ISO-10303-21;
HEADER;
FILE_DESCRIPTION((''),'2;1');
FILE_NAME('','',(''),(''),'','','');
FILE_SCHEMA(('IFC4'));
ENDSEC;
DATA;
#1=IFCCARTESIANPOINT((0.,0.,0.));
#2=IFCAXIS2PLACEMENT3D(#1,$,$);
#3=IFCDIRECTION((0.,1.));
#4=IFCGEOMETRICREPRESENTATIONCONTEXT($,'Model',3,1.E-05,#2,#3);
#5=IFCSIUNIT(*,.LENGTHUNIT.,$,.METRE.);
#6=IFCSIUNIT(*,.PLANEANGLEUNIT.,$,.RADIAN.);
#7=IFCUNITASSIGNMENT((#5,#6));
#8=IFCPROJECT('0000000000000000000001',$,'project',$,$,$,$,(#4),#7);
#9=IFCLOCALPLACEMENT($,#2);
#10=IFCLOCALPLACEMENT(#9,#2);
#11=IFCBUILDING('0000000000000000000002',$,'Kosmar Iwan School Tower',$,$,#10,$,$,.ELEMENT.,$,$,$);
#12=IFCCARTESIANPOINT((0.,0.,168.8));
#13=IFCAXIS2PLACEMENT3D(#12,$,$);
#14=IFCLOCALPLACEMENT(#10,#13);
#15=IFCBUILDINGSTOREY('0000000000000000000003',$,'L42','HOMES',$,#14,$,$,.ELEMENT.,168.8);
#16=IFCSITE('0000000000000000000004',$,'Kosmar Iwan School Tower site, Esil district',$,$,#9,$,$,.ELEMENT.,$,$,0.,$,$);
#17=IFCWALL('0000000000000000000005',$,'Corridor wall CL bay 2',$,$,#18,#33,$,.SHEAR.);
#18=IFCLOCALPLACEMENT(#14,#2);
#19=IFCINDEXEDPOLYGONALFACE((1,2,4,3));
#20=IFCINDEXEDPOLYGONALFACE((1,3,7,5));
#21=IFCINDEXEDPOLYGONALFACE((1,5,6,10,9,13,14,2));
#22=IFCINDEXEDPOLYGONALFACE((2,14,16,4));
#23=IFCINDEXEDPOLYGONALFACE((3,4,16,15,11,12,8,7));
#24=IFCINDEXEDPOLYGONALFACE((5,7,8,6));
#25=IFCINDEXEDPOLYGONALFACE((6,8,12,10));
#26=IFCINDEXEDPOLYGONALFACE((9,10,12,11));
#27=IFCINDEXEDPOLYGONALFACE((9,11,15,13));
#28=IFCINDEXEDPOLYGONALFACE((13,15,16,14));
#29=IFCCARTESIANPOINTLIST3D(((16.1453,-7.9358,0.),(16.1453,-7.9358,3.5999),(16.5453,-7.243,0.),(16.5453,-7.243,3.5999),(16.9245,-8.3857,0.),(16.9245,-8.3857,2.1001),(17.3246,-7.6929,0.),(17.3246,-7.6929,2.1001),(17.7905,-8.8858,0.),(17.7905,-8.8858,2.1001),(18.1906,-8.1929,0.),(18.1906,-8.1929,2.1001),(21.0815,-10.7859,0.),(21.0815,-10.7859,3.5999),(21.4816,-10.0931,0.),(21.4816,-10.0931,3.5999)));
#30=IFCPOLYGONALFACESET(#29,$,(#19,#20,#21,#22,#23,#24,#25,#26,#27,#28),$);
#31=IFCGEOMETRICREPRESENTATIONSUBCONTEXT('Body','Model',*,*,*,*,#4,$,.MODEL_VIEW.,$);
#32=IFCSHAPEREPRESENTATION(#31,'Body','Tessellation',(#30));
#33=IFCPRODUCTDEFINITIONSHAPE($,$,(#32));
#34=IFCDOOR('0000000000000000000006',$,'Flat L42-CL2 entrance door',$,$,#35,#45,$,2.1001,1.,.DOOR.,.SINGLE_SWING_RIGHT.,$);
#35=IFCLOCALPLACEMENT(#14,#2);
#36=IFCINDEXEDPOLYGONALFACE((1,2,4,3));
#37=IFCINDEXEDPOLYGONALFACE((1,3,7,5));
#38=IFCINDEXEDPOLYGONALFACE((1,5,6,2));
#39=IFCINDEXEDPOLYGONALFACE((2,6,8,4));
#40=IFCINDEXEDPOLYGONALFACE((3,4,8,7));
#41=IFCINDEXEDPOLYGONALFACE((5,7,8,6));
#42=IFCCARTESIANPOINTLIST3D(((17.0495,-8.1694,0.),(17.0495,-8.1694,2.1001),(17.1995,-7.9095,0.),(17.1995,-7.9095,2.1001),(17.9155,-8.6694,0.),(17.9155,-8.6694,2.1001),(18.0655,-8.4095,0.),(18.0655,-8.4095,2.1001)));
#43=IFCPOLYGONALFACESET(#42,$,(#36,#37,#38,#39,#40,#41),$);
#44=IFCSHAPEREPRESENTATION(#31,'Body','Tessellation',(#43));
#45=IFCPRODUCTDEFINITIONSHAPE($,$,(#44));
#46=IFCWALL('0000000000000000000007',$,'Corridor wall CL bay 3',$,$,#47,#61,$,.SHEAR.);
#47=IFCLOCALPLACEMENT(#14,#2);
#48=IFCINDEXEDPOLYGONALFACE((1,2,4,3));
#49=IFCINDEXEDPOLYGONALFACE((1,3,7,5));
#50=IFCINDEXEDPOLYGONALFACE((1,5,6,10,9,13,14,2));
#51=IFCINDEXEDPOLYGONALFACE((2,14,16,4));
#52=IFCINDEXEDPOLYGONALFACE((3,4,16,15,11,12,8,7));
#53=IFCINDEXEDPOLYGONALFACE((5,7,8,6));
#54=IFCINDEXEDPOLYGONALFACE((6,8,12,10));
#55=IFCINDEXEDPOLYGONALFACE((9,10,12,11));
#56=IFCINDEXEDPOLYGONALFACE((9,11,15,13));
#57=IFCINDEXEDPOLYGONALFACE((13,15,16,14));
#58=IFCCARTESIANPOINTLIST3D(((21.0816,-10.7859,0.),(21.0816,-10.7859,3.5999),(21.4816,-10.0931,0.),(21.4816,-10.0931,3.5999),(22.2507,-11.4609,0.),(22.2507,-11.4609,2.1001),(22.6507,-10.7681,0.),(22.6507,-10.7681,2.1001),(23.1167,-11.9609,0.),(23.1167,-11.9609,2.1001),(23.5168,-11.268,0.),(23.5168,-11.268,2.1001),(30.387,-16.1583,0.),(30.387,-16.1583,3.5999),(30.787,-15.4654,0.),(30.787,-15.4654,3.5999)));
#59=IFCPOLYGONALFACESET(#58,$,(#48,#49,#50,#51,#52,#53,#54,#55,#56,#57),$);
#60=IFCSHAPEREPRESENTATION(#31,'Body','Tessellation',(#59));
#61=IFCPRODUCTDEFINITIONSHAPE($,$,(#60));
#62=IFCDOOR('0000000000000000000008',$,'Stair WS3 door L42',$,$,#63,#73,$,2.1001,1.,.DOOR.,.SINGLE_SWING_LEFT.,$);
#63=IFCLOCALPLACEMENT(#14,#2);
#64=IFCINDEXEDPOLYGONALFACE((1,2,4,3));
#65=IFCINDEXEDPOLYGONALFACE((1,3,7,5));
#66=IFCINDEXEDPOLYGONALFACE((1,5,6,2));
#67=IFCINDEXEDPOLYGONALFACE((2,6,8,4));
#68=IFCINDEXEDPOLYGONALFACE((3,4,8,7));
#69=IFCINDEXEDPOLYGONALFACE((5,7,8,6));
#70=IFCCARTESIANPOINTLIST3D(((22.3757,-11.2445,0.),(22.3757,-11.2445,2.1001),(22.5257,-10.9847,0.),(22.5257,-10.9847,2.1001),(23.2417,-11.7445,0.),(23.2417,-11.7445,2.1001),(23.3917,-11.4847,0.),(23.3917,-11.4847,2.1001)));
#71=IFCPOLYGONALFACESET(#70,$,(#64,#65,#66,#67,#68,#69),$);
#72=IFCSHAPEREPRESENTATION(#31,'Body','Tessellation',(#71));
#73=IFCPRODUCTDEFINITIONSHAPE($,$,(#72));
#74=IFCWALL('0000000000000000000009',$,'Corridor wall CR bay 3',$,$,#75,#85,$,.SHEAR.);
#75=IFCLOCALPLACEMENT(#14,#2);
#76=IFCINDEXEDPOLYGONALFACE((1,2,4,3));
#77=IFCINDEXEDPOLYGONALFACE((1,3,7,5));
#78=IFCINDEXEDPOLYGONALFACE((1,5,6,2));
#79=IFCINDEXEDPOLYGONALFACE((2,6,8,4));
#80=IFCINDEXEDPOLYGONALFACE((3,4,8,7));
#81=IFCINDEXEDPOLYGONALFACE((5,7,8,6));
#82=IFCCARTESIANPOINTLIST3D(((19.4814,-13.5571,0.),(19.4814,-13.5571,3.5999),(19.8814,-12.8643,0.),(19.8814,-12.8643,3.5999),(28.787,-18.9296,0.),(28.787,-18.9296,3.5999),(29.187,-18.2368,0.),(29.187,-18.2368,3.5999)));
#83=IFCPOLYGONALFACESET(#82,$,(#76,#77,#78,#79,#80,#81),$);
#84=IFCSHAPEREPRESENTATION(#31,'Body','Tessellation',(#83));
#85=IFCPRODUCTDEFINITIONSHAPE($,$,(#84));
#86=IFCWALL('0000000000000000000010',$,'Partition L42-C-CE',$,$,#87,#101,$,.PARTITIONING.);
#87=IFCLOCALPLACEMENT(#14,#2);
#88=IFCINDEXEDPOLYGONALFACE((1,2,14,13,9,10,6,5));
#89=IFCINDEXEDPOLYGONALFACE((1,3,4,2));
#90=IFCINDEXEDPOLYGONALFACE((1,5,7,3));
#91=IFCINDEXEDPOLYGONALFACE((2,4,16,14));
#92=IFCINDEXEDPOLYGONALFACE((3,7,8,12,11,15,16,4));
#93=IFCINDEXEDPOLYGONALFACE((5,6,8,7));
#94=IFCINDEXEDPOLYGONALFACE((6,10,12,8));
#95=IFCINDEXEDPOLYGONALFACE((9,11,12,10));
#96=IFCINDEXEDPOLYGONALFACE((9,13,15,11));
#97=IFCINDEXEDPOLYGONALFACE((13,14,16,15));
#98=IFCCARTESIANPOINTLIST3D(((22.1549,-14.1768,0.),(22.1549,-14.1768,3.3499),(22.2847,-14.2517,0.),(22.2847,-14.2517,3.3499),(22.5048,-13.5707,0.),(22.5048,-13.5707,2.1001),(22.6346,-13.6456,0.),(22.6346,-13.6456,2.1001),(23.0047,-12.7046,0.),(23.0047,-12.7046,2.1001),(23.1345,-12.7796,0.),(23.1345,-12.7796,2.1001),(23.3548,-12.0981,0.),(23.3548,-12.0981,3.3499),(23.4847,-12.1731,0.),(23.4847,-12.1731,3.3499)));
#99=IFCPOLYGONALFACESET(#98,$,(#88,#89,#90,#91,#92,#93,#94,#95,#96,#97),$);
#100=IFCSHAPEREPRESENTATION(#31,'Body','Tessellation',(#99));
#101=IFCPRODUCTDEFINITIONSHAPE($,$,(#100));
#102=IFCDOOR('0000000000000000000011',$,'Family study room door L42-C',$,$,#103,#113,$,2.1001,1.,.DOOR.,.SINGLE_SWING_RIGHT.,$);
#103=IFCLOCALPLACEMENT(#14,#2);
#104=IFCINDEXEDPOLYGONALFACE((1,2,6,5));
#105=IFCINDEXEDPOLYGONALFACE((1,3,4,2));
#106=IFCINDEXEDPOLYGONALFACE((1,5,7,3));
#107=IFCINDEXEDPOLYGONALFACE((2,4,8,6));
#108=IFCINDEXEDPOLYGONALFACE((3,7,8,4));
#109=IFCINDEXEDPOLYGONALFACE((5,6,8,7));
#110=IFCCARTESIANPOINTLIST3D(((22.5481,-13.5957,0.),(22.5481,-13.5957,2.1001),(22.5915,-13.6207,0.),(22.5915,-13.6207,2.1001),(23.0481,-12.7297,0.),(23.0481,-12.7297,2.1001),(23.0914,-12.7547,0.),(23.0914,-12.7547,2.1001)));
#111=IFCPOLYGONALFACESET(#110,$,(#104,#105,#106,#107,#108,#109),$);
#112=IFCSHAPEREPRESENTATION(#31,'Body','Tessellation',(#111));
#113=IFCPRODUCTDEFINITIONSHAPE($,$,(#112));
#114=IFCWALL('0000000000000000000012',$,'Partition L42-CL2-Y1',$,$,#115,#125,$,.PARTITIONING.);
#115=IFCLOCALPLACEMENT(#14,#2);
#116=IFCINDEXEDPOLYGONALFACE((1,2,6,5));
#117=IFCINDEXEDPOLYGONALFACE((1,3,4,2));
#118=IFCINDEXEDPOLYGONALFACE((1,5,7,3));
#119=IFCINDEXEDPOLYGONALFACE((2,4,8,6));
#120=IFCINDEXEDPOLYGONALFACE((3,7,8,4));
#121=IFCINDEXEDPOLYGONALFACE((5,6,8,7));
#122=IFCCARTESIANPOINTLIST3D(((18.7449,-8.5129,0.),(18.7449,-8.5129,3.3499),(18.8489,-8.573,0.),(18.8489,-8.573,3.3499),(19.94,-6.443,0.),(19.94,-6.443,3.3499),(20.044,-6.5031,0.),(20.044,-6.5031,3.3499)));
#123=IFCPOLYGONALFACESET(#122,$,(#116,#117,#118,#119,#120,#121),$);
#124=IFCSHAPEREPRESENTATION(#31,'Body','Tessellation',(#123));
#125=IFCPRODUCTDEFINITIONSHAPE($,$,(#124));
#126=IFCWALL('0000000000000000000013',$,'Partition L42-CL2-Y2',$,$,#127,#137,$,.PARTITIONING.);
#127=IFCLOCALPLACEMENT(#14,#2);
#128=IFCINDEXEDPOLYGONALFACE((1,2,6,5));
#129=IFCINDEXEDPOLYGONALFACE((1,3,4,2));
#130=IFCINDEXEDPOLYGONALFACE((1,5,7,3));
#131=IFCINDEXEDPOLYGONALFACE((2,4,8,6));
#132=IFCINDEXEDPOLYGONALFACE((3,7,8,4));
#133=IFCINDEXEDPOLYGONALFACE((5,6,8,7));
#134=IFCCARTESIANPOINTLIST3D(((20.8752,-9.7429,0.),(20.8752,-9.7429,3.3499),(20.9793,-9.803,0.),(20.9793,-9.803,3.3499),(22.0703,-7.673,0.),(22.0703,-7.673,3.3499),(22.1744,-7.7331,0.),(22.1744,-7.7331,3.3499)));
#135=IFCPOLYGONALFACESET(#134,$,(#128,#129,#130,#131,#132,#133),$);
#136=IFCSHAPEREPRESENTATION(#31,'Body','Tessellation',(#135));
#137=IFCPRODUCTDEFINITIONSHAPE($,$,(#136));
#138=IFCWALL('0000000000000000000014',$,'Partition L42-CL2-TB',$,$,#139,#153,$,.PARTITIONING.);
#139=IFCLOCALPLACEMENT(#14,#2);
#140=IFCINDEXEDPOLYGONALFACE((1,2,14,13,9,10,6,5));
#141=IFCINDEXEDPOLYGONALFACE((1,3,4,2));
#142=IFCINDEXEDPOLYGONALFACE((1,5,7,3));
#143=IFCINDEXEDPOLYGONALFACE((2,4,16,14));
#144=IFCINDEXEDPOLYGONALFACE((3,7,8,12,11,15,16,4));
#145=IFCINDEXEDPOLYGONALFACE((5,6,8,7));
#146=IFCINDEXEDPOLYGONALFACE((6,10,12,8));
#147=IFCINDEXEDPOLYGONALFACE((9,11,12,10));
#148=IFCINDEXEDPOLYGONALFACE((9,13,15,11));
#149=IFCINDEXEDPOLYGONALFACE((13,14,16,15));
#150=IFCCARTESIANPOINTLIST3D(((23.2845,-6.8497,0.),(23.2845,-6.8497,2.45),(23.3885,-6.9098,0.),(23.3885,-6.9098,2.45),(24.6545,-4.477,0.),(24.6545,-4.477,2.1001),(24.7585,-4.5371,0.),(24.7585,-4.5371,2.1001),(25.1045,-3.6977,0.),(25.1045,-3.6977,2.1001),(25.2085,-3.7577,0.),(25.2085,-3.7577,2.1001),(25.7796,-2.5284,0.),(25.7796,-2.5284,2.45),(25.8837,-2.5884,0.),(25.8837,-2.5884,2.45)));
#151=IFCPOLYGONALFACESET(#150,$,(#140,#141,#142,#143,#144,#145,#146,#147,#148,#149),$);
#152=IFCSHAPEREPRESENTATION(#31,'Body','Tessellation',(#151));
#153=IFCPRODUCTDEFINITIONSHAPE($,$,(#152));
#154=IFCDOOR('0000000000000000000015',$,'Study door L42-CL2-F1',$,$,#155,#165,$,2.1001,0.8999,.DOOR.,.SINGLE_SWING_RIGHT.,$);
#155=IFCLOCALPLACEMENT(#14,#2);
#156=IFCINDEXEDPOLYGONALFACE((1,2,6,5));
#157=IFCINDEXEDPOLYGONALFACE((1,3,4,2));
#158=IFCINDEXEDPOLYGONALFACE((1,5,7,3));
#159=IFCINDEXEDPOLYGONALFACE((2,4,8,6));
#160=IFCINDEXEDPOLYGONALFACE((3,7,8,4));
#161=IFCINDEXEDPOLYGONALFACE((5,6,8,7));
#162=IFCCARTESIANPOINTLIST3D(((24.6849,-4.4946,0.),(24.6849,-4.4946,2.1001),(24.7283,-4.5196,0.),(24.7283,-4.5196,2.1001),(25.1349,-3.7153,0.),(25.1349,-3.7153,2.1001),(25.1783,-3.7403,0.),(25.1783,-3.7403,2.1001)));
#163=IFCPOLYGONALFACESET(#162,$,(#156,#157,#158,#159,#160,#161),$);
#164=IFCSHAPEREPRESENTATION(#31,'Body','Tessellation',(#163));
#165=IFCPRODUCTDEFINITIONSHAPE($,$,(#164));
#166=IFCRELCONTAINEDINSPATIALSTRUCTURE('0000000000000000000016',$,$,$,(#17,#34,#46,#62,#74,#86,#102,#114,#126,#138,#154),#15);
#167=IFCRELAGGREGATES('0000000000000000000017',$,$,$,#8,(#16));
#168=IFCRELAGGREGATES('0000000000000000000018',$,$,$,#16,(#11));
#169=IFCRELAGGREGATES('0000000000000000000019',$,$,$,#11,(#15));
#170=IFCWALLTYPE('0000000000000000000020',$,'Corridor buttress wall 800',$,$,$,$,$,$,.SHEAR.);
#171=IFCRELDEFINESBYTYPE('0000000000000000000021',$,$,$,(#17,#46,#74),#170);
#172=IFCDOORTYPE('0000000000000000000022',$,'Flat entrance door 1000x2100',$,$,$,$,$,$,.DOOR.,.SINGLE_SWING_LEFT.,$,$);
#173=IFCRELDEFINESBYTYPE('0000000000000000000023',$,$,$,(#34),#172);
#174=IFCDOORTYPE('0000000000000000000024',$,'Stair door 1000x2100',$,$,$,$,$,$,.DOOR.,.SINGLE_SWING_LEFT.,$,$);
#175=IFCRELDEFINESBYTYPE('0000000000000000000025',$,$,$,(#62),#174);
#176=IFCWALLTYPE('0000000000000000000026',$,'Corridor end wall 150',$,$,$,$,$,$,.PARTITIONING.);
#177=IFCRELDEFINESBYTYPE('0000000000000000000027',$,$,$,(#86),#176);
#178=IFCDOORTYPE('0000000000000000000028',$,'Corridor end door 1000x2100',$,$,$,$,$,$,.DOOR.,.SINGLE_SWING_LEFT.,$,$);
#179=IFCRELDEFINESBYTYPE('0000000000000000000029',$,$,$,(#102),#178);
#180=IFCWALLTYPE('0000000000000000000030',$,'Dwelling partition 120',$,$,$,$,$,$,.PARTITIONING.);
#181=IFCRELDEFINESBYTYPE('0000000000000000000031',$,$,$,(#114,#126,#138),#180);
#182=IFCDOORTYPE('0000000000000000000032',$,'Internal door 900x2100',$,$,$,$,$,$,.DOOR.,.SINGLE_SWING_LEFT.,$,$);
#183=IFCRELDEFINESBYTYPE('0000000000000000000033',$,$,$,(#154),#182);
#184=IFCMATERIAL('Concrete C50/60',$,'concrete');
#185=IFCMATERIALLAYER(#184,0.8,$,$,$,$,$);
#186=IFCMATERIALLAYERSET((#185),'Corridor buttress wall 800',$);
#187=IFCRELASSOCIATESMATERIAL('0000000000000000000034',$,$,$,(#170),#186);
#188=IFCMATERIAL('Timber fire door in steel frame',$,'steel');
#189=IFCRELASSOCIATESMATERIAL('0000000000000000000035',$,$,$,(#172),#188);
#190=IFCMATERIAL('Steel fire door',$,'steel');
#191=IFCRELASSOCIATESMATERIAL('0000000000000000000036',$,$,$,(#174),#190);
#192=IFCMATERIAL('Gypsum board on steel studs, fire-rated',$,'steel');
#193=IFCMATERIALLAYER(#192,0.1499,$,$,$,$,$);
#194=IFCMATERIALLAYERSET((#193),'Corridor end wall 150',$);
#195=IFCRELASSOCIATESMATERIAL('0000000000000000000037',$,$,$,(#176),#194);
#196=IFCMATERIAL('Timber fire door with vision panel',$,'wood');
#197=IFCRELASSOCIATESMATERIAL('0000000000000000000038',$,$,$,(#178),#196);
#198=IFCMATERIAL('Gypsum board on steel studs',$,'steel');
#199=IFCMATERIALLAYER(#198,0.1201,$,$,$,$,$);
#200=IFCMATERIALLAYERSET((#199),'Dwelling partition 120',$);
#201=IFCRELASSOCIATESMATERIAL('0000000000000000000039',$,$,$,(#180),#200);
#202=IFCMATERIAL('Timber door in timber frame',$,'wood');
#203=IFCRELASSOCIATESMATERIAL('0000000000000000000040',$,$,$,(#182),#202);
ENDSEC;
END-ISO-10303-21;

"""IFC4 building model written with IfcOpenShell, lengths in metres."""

from ifc_helpers import new_model, si_unit, direction, frame, frame_2d, origin, place, context, subcontext, project, spatial, rectangle, extrude, material, layer, layer_set, type_object, element, fill, save


model = new_model("IFC4")

# Units and contexts
model_context = context("Model", 3, precision=1e-05, world=origin(), true_north=direction((0.0, 1.0)))
body_context = subcontext(model_context, "Body", "Model", "MODEL_VIEW")
ifc_project = project(units=[si_unit("LENGTHUNIT", "METRE"), si_unit("PLANEANGLEUNIT", "RADIAN")], contexts=[model_context])

# Site, building, storey
site_placement = place(None, origin())
site = spatial("IfcSite", under=ifc_project, at=site_placement, Name="Kosmar Iwan School Tower site, Esil district", CompositionType="ELEMENT", RefElevation=0.0)
building_placement = place(site_placement, origin())
building = spatial("IfcBuilding", under=site, at=building_placement, Name="Kosmar Iwan School Tower", CompositionType="ELEMENT")
storey_placement = place(building_placement, frame((0.0, 0.0, 168.8)))
storey = spatial("IfcBuildingStorey", under=building, at=storey_placement, Name="L42", Description="HOMES", CompositionType="ELEMENT", Elevation=168.8)

# Walls, openings, doors
ifc_material_1 = material(Name="Concrete C50/60", Category="concrete")
ifc_layer_1 = layer(ifc_material_1, 0.8)
ifc_layer_set_1 = layer_set([ifc_layer_1], Name="Corridor buttress wall 800")
wall_type_1 = type_object("IfcWallType", Name="Corridor buttress wall 800", PredefinedType="SHEAR", material=ifc_layer_set_1)
wall_1_placement = place(storey_placement, frame((16.3452, -7.5894, 0.0), z_axis=(0.0, 0.0, 1.0), x_axis=(0.866015, -0.500018, 0.0)))
wall_1 = element("IfcWall", 1, at=wall_1_placement, inside=storey, type_object=wall_type_1, Name="Corridor wall CL bay 2", PredefinedType="SHEAR", context=body_context, shape_type="SweptSolid", body=[
    extrude(rectangle(XDim=5.7, YDim=0.8, at=frame_2d((2.8501, 0.0))), origin(), (0.0, 0.0, 1.0), 3.5999),
])
opening_1_placement = place(wall_1_placement, frame((0.8999, 0.0, 0.0)))
opening_1 = element("IfcOpeningElement", 2, at=opening_1_placement, cuts=wall_1, PredefinedType="OPENING", context=body_context, shape_type="SweptSolid", body=[
    extrude(rectangle(XDim=1.0, YDim=2.1001, at=frame_2d((0.5, 1.05))), frame((0.0, 0.4121, 0.0), z_axis=(0.0, -1.0, 0.0), x_axis=(1.0, 0.0, 0.0)), (0.0, 0.0, 1.0), 0.824),
])
ifc_material_2 = material(Name="Timber fire door in steel frame", Category="steel")
door_type_1 = type_object("IfcDoorType", Name="Flat entrance door 1000x2100", OperationType="SINGLE_SWING_LEFT", PredefinedType="DOOR", material=ifc_material_2)
door_1_placement = place(opening_1_placement, origin())
door_1 = element("IfcDoor", 3, at=door_1_placement, inside=storey, type_object=door_type_1, Name="Flat L42-CL2 entrance door", OperationType="SINGLE_SWING_RIGHT", OverallHeight=2.1001, OverallWidth=1.0, PredefinedType="DOOR", context=body_context, shape_type="SweptSolid", body=[
    extrude(rectangle(XDim=1.0, YDim=2.1001, at=frame_2d((0.5, 1.05))), frame((0.0, 0.1499, 0.0), z_axis=(0.0, -1.0, 0.0), x_axis=(1.0, 0.0, 0.0)), (0.0, 0.0, 1.0), 0.3),
])
fill(opening_1, door_1)
wall_2_placement = place(storey_placement, frame((21.2815, -10.4395, 0.0), z_axis=(0.0, 0.0, 1.0), x_axis=(0.866032, -0.499988, 0.0)))
wall_2 = element("IfcWall", 4, at=wall_2_placement, inside=storey, type_object=wall_type_1, Name="Corridor wall CL bay 3", PredefinedType="SHEAR", context=body_context, shape_type="SweptSolid", body=[
    extrude(rectangle(XDim=10.7449, YDim=0.8, at=frame_2d((5.3726, 0.0))), origin(), (0.0, 0.0, 1.0), 3.5999),
])
opening_2_placement = place(wall_2_placement, frame((1.3501, 0.0, 0.0)))
opening_2 = element("IfcOpeningElement", 5, at=opening_2_placement, cuts=wall_2, PredefinedType="OPENING", context=body_context, shape_type="SweptSolid", body=[
    extrude(rectangle(XDim=1.0, YDim=2.1001, at=frame_2d((0.5, 1.05))), frame((0.0, 0.4121, 0.0), z_axis=(0.0, -1.0, 0.0), x_axis=(1.0, 0.0, 0.0)), (0.0, 0.0, 1.0), 0.824),
])
ifc_material_3 = material(Name="Steel fire door", Category="steel")
door_type_2 = type_object("IfcDoorType", Name="Stair door 1000x2100", OperationType="SINGLE_SWING_LEFT", PredefinedType="DOOR", material=ifc_material_3)
door_2_placement = place(opening_2_placement, origin())
door_2 = element("IfcDoor", 6, at=door_2_placement, inside=storey, type_object=door_type_2, Name="Stair WS3 door L42", OperationType="SINGLE_SWING_LEFT", OverallHeight=2.1001, OverallWidth=1.0, PredefinedType="DOOR", context=body_context, shape_type="SweptSolid", body=[
    extrude(rectangle(XDim=1.0, YDim=2.1001, at=frame_2d((0.5, 1.05))), frame((0.0, 0.1499, 0.0), z_axis=(0.0, -1.0, 0.0), x_axis=(1.0, 0.0, 0.0)), (0.0, 0.0, 1.0), 0.3),
])
fill(opening_2, door_2)

# Wall
wall_3_placement = place(storey_placement, frame((19.6814, -13.2107, 0.0), z_axis=(0.0, 0.0, 1.0), x_axis=(0.866028, -0.499995, 0.0)))
element("IfcWall", 7, at=wall_3_placement, inside=storey, type_object=wall_type_1, Name="Corridor wall CR bay 3", PredefinedType="SHEAR", context=body_context, shape_type="SweptSolid", body=[
    extrude(rectangle(XDim=10.7451, YDim=0.8, at=frame_2d((5.3726, 0.0))), origin(), (0.0, 0.0, 1.0), 3.5999),
])

# Wall, opening, door
ifc_material_4 = material(Name="Gypsum board on steel studs, fire-rated", Category="steel")
ifc_layer_2 = layer(ifc_material_4, 0.1499)
ifc_layer_set_2 = layer_set([ifc_layer_2], Name="Corridor end wall 150")
wall_type_2 = type_object("IfcWallType", Name="Corridor end wall 150", PredefinedType="PARTITIONING", material=ifc_layer_set_2)
wall_4_placement = place(storey_placement, frame((22.2197, -14.2144, 0.0), z_axis=(0.0, 0.0, 1.0), x_axis=(0.499957, 0.86605, 0.0)))
wall_4 = element("IfcWall", 8, at=wall_4_placement, inside=storey, type_object=wall_type_2, Name="Partition L42-C-CE", PredefinedType="PARTITIONING", context=body_context, shape_type="SweptSolid", body=[
    extrude(rectangle(XDim=2.4001, YDim=0.1499, at=frame_2d((1.2002, 0.0))), origin(), (0.0, 0.0, 1.0), 3.3499),
])
opening_3_placement = place(wall_4_placement, frame((0.7, 0.0, 0.0)))
opening_3 = element("IfcOpeningElement", 9, at=opening_3_placement, cuts=wall_4, PredefinedType="OPENING", context=body_context, shape_type="SweptSolid", body=[
    extrude(rectangle(XDim=1.0, YDim=2.1001, at=frame_2d((0.5, 1.05))), frame((0.0, 0.0869, 0.0), z_axis=(0.0, -1.0, 0.0), x_axis=(1.0, 0.0, 0.0)), (0.0, 0.0, 1.0), 0.1738),
])
ifc_material_5 = material(Name="Timber fire door with vision panel", Category="wood")
door_type_3 = type_object("IfcDoorType", Name="Corridor end door 1000x2100", OperationType="SINGLE_SWING_LEFT", PredefinedType="DOOR", material=ifc_material_5)
door_3_placement = place(opening_3_placement, origin())
door_3 = element("IfcDoor", 10, at=door_3_placement, inside=storey, type_object=door_type_3, Name="Family study room door L42-C", OperationType="SINGLE_SWING_RIGHT", OverallHeight=2.1001, OverallWidth=1.0, PredefinedType="DOOR", context=body_context, shape_type="SweptSolid", body=[
    extrude(rectangle(XDim=1.0, YDim=2.1001, at=frame_2d((0.5, 1.05))), frame((0.0, 0.0249, 0.0), z_axis=(0.0, -1.0, 0.0), x_axis=(1.0, 0.0, 0.0)), (0.0, 0.0, 1.0), 0.05),
])
fill(opening_3, door_3)

# Walls
ifc_material_6 = material(Name="Gypsum board on steel studs", Category="steel")
ifc_layer_3 = layer(ifc_material_6, 0.1201)
ifc_layer_set_3 = layer_set([ifc_layer_3], Name="Dwelling partition 120")
wall_type_3 = type_object("IfcWallType", Name="Dwelling partition 120", PredefinedType="PARTITIONING", material=ifc_layer_set_3)
for number, where, z_axis, x_axis, name in (
    (11, (18.7969, -8.543, 0.0), (0.0, 0.0, 1.0), (0.500017, 0.866015, 0.0), "Partition L42-CL2-Y1"),
    (12, (20.9272, -9.7729, 0.0), (0.0, 0.0, 1.0), (0.500017, 0.866015, 0.0), "Partition L42-CL2-Y2"),
):
    element("IfcWall", number, at=place(storey_placement, frame(where, z_axis=z_axis, x_axis=x_axis)), inside=storey, type_object=wall_type_3, Name=name, PredefinedType="PARTITIONING", context=body_context, shape_type="SweptSolid", body=[
        extrude(rectangle(XDim=2.3901, YDim=0.1201, at=frame_2d((1.1951, 0.0))), origin(), (0.0, 0.0, 1.0), 3.3499),
    ])

# Wall, opening, door
wall_5_placement = place(storey_placement, frame((23.3364, -6.8799, 0.0), z_axis=(0.0, 0.0, 1.0), x_axis=(0.500033, 0.866006, 0.0)))
wall_5 = element("IfcWall", 13, at=wall_5_placement, inside=storey, type_object=wall_type_3, Name="Partition L42-CL2-TB", PredefinedType="PARTITIONING", context=body_context, shape_type="SweptSolid", body=[
    extrude(rectangle(XDim=4.99, YDim=0.1201, at=frame_2d((2.4951, 0.0))), origin(), (0.0, 0.0, 1.0), 2.45),
])
opening_4_placement = place(wall_5_placement, frame((2.74, 0.0, 0.0)))
opening_4 = element("IfcOpeningElement", 14, at=opening_4_placement, cuts=wall_5, PredefinedType="OPENING", context=body_context, shape_type="SweptSolid", body=[
    extrude(rectangle(XDim=0.8999, YDim=2.1001, at=frame_2d((0.45, 1.05))), frame((0.0, 0.072, 0.0), z_axis=(0.0, -1.0, 0.0), x_axis=(1.0, 0.0, 0.0)), (0.0, 0.0, 1.0), 0.144),
])
ifc_material_7 = material(Name="Timber door in timber frame", Category="wood")
door_type_4 = type_object("IfcDoorType", Name="Internal door 900x2100", OperationType="SINGLE_SWING_LEFT", PredefinedType="DOOR", material=ifc_material_7)
door_4_placement = place(opening_4_placement, origin())
door_4 = element("IfcDoor", 15, at=door_4_placement, inside=storey, type_object=door_type_4, Name="Study door L42-CL2-F1", OperationType="SINGLE_SWING_RIGHT", OverallHeight=2.1001, OverallWidth=0.8999, PredefinedType="DOOR", context=body_context, shape_type="SweptSolid", body=[
    extrude(rectangle(XDim=0.8999, YDim=2.1001, at=frame_2d((0.45, 1.05))), frame((0.0, 0.0249, 0.0), z_axis=(0.0, -1.0, 0.0), x_axis=(1.0, 0.0, 0.0)), (0.0, 0.0, 1.0), 0.05),
])
fill(opening_4, door_4)

save(model, "model.ifc")
